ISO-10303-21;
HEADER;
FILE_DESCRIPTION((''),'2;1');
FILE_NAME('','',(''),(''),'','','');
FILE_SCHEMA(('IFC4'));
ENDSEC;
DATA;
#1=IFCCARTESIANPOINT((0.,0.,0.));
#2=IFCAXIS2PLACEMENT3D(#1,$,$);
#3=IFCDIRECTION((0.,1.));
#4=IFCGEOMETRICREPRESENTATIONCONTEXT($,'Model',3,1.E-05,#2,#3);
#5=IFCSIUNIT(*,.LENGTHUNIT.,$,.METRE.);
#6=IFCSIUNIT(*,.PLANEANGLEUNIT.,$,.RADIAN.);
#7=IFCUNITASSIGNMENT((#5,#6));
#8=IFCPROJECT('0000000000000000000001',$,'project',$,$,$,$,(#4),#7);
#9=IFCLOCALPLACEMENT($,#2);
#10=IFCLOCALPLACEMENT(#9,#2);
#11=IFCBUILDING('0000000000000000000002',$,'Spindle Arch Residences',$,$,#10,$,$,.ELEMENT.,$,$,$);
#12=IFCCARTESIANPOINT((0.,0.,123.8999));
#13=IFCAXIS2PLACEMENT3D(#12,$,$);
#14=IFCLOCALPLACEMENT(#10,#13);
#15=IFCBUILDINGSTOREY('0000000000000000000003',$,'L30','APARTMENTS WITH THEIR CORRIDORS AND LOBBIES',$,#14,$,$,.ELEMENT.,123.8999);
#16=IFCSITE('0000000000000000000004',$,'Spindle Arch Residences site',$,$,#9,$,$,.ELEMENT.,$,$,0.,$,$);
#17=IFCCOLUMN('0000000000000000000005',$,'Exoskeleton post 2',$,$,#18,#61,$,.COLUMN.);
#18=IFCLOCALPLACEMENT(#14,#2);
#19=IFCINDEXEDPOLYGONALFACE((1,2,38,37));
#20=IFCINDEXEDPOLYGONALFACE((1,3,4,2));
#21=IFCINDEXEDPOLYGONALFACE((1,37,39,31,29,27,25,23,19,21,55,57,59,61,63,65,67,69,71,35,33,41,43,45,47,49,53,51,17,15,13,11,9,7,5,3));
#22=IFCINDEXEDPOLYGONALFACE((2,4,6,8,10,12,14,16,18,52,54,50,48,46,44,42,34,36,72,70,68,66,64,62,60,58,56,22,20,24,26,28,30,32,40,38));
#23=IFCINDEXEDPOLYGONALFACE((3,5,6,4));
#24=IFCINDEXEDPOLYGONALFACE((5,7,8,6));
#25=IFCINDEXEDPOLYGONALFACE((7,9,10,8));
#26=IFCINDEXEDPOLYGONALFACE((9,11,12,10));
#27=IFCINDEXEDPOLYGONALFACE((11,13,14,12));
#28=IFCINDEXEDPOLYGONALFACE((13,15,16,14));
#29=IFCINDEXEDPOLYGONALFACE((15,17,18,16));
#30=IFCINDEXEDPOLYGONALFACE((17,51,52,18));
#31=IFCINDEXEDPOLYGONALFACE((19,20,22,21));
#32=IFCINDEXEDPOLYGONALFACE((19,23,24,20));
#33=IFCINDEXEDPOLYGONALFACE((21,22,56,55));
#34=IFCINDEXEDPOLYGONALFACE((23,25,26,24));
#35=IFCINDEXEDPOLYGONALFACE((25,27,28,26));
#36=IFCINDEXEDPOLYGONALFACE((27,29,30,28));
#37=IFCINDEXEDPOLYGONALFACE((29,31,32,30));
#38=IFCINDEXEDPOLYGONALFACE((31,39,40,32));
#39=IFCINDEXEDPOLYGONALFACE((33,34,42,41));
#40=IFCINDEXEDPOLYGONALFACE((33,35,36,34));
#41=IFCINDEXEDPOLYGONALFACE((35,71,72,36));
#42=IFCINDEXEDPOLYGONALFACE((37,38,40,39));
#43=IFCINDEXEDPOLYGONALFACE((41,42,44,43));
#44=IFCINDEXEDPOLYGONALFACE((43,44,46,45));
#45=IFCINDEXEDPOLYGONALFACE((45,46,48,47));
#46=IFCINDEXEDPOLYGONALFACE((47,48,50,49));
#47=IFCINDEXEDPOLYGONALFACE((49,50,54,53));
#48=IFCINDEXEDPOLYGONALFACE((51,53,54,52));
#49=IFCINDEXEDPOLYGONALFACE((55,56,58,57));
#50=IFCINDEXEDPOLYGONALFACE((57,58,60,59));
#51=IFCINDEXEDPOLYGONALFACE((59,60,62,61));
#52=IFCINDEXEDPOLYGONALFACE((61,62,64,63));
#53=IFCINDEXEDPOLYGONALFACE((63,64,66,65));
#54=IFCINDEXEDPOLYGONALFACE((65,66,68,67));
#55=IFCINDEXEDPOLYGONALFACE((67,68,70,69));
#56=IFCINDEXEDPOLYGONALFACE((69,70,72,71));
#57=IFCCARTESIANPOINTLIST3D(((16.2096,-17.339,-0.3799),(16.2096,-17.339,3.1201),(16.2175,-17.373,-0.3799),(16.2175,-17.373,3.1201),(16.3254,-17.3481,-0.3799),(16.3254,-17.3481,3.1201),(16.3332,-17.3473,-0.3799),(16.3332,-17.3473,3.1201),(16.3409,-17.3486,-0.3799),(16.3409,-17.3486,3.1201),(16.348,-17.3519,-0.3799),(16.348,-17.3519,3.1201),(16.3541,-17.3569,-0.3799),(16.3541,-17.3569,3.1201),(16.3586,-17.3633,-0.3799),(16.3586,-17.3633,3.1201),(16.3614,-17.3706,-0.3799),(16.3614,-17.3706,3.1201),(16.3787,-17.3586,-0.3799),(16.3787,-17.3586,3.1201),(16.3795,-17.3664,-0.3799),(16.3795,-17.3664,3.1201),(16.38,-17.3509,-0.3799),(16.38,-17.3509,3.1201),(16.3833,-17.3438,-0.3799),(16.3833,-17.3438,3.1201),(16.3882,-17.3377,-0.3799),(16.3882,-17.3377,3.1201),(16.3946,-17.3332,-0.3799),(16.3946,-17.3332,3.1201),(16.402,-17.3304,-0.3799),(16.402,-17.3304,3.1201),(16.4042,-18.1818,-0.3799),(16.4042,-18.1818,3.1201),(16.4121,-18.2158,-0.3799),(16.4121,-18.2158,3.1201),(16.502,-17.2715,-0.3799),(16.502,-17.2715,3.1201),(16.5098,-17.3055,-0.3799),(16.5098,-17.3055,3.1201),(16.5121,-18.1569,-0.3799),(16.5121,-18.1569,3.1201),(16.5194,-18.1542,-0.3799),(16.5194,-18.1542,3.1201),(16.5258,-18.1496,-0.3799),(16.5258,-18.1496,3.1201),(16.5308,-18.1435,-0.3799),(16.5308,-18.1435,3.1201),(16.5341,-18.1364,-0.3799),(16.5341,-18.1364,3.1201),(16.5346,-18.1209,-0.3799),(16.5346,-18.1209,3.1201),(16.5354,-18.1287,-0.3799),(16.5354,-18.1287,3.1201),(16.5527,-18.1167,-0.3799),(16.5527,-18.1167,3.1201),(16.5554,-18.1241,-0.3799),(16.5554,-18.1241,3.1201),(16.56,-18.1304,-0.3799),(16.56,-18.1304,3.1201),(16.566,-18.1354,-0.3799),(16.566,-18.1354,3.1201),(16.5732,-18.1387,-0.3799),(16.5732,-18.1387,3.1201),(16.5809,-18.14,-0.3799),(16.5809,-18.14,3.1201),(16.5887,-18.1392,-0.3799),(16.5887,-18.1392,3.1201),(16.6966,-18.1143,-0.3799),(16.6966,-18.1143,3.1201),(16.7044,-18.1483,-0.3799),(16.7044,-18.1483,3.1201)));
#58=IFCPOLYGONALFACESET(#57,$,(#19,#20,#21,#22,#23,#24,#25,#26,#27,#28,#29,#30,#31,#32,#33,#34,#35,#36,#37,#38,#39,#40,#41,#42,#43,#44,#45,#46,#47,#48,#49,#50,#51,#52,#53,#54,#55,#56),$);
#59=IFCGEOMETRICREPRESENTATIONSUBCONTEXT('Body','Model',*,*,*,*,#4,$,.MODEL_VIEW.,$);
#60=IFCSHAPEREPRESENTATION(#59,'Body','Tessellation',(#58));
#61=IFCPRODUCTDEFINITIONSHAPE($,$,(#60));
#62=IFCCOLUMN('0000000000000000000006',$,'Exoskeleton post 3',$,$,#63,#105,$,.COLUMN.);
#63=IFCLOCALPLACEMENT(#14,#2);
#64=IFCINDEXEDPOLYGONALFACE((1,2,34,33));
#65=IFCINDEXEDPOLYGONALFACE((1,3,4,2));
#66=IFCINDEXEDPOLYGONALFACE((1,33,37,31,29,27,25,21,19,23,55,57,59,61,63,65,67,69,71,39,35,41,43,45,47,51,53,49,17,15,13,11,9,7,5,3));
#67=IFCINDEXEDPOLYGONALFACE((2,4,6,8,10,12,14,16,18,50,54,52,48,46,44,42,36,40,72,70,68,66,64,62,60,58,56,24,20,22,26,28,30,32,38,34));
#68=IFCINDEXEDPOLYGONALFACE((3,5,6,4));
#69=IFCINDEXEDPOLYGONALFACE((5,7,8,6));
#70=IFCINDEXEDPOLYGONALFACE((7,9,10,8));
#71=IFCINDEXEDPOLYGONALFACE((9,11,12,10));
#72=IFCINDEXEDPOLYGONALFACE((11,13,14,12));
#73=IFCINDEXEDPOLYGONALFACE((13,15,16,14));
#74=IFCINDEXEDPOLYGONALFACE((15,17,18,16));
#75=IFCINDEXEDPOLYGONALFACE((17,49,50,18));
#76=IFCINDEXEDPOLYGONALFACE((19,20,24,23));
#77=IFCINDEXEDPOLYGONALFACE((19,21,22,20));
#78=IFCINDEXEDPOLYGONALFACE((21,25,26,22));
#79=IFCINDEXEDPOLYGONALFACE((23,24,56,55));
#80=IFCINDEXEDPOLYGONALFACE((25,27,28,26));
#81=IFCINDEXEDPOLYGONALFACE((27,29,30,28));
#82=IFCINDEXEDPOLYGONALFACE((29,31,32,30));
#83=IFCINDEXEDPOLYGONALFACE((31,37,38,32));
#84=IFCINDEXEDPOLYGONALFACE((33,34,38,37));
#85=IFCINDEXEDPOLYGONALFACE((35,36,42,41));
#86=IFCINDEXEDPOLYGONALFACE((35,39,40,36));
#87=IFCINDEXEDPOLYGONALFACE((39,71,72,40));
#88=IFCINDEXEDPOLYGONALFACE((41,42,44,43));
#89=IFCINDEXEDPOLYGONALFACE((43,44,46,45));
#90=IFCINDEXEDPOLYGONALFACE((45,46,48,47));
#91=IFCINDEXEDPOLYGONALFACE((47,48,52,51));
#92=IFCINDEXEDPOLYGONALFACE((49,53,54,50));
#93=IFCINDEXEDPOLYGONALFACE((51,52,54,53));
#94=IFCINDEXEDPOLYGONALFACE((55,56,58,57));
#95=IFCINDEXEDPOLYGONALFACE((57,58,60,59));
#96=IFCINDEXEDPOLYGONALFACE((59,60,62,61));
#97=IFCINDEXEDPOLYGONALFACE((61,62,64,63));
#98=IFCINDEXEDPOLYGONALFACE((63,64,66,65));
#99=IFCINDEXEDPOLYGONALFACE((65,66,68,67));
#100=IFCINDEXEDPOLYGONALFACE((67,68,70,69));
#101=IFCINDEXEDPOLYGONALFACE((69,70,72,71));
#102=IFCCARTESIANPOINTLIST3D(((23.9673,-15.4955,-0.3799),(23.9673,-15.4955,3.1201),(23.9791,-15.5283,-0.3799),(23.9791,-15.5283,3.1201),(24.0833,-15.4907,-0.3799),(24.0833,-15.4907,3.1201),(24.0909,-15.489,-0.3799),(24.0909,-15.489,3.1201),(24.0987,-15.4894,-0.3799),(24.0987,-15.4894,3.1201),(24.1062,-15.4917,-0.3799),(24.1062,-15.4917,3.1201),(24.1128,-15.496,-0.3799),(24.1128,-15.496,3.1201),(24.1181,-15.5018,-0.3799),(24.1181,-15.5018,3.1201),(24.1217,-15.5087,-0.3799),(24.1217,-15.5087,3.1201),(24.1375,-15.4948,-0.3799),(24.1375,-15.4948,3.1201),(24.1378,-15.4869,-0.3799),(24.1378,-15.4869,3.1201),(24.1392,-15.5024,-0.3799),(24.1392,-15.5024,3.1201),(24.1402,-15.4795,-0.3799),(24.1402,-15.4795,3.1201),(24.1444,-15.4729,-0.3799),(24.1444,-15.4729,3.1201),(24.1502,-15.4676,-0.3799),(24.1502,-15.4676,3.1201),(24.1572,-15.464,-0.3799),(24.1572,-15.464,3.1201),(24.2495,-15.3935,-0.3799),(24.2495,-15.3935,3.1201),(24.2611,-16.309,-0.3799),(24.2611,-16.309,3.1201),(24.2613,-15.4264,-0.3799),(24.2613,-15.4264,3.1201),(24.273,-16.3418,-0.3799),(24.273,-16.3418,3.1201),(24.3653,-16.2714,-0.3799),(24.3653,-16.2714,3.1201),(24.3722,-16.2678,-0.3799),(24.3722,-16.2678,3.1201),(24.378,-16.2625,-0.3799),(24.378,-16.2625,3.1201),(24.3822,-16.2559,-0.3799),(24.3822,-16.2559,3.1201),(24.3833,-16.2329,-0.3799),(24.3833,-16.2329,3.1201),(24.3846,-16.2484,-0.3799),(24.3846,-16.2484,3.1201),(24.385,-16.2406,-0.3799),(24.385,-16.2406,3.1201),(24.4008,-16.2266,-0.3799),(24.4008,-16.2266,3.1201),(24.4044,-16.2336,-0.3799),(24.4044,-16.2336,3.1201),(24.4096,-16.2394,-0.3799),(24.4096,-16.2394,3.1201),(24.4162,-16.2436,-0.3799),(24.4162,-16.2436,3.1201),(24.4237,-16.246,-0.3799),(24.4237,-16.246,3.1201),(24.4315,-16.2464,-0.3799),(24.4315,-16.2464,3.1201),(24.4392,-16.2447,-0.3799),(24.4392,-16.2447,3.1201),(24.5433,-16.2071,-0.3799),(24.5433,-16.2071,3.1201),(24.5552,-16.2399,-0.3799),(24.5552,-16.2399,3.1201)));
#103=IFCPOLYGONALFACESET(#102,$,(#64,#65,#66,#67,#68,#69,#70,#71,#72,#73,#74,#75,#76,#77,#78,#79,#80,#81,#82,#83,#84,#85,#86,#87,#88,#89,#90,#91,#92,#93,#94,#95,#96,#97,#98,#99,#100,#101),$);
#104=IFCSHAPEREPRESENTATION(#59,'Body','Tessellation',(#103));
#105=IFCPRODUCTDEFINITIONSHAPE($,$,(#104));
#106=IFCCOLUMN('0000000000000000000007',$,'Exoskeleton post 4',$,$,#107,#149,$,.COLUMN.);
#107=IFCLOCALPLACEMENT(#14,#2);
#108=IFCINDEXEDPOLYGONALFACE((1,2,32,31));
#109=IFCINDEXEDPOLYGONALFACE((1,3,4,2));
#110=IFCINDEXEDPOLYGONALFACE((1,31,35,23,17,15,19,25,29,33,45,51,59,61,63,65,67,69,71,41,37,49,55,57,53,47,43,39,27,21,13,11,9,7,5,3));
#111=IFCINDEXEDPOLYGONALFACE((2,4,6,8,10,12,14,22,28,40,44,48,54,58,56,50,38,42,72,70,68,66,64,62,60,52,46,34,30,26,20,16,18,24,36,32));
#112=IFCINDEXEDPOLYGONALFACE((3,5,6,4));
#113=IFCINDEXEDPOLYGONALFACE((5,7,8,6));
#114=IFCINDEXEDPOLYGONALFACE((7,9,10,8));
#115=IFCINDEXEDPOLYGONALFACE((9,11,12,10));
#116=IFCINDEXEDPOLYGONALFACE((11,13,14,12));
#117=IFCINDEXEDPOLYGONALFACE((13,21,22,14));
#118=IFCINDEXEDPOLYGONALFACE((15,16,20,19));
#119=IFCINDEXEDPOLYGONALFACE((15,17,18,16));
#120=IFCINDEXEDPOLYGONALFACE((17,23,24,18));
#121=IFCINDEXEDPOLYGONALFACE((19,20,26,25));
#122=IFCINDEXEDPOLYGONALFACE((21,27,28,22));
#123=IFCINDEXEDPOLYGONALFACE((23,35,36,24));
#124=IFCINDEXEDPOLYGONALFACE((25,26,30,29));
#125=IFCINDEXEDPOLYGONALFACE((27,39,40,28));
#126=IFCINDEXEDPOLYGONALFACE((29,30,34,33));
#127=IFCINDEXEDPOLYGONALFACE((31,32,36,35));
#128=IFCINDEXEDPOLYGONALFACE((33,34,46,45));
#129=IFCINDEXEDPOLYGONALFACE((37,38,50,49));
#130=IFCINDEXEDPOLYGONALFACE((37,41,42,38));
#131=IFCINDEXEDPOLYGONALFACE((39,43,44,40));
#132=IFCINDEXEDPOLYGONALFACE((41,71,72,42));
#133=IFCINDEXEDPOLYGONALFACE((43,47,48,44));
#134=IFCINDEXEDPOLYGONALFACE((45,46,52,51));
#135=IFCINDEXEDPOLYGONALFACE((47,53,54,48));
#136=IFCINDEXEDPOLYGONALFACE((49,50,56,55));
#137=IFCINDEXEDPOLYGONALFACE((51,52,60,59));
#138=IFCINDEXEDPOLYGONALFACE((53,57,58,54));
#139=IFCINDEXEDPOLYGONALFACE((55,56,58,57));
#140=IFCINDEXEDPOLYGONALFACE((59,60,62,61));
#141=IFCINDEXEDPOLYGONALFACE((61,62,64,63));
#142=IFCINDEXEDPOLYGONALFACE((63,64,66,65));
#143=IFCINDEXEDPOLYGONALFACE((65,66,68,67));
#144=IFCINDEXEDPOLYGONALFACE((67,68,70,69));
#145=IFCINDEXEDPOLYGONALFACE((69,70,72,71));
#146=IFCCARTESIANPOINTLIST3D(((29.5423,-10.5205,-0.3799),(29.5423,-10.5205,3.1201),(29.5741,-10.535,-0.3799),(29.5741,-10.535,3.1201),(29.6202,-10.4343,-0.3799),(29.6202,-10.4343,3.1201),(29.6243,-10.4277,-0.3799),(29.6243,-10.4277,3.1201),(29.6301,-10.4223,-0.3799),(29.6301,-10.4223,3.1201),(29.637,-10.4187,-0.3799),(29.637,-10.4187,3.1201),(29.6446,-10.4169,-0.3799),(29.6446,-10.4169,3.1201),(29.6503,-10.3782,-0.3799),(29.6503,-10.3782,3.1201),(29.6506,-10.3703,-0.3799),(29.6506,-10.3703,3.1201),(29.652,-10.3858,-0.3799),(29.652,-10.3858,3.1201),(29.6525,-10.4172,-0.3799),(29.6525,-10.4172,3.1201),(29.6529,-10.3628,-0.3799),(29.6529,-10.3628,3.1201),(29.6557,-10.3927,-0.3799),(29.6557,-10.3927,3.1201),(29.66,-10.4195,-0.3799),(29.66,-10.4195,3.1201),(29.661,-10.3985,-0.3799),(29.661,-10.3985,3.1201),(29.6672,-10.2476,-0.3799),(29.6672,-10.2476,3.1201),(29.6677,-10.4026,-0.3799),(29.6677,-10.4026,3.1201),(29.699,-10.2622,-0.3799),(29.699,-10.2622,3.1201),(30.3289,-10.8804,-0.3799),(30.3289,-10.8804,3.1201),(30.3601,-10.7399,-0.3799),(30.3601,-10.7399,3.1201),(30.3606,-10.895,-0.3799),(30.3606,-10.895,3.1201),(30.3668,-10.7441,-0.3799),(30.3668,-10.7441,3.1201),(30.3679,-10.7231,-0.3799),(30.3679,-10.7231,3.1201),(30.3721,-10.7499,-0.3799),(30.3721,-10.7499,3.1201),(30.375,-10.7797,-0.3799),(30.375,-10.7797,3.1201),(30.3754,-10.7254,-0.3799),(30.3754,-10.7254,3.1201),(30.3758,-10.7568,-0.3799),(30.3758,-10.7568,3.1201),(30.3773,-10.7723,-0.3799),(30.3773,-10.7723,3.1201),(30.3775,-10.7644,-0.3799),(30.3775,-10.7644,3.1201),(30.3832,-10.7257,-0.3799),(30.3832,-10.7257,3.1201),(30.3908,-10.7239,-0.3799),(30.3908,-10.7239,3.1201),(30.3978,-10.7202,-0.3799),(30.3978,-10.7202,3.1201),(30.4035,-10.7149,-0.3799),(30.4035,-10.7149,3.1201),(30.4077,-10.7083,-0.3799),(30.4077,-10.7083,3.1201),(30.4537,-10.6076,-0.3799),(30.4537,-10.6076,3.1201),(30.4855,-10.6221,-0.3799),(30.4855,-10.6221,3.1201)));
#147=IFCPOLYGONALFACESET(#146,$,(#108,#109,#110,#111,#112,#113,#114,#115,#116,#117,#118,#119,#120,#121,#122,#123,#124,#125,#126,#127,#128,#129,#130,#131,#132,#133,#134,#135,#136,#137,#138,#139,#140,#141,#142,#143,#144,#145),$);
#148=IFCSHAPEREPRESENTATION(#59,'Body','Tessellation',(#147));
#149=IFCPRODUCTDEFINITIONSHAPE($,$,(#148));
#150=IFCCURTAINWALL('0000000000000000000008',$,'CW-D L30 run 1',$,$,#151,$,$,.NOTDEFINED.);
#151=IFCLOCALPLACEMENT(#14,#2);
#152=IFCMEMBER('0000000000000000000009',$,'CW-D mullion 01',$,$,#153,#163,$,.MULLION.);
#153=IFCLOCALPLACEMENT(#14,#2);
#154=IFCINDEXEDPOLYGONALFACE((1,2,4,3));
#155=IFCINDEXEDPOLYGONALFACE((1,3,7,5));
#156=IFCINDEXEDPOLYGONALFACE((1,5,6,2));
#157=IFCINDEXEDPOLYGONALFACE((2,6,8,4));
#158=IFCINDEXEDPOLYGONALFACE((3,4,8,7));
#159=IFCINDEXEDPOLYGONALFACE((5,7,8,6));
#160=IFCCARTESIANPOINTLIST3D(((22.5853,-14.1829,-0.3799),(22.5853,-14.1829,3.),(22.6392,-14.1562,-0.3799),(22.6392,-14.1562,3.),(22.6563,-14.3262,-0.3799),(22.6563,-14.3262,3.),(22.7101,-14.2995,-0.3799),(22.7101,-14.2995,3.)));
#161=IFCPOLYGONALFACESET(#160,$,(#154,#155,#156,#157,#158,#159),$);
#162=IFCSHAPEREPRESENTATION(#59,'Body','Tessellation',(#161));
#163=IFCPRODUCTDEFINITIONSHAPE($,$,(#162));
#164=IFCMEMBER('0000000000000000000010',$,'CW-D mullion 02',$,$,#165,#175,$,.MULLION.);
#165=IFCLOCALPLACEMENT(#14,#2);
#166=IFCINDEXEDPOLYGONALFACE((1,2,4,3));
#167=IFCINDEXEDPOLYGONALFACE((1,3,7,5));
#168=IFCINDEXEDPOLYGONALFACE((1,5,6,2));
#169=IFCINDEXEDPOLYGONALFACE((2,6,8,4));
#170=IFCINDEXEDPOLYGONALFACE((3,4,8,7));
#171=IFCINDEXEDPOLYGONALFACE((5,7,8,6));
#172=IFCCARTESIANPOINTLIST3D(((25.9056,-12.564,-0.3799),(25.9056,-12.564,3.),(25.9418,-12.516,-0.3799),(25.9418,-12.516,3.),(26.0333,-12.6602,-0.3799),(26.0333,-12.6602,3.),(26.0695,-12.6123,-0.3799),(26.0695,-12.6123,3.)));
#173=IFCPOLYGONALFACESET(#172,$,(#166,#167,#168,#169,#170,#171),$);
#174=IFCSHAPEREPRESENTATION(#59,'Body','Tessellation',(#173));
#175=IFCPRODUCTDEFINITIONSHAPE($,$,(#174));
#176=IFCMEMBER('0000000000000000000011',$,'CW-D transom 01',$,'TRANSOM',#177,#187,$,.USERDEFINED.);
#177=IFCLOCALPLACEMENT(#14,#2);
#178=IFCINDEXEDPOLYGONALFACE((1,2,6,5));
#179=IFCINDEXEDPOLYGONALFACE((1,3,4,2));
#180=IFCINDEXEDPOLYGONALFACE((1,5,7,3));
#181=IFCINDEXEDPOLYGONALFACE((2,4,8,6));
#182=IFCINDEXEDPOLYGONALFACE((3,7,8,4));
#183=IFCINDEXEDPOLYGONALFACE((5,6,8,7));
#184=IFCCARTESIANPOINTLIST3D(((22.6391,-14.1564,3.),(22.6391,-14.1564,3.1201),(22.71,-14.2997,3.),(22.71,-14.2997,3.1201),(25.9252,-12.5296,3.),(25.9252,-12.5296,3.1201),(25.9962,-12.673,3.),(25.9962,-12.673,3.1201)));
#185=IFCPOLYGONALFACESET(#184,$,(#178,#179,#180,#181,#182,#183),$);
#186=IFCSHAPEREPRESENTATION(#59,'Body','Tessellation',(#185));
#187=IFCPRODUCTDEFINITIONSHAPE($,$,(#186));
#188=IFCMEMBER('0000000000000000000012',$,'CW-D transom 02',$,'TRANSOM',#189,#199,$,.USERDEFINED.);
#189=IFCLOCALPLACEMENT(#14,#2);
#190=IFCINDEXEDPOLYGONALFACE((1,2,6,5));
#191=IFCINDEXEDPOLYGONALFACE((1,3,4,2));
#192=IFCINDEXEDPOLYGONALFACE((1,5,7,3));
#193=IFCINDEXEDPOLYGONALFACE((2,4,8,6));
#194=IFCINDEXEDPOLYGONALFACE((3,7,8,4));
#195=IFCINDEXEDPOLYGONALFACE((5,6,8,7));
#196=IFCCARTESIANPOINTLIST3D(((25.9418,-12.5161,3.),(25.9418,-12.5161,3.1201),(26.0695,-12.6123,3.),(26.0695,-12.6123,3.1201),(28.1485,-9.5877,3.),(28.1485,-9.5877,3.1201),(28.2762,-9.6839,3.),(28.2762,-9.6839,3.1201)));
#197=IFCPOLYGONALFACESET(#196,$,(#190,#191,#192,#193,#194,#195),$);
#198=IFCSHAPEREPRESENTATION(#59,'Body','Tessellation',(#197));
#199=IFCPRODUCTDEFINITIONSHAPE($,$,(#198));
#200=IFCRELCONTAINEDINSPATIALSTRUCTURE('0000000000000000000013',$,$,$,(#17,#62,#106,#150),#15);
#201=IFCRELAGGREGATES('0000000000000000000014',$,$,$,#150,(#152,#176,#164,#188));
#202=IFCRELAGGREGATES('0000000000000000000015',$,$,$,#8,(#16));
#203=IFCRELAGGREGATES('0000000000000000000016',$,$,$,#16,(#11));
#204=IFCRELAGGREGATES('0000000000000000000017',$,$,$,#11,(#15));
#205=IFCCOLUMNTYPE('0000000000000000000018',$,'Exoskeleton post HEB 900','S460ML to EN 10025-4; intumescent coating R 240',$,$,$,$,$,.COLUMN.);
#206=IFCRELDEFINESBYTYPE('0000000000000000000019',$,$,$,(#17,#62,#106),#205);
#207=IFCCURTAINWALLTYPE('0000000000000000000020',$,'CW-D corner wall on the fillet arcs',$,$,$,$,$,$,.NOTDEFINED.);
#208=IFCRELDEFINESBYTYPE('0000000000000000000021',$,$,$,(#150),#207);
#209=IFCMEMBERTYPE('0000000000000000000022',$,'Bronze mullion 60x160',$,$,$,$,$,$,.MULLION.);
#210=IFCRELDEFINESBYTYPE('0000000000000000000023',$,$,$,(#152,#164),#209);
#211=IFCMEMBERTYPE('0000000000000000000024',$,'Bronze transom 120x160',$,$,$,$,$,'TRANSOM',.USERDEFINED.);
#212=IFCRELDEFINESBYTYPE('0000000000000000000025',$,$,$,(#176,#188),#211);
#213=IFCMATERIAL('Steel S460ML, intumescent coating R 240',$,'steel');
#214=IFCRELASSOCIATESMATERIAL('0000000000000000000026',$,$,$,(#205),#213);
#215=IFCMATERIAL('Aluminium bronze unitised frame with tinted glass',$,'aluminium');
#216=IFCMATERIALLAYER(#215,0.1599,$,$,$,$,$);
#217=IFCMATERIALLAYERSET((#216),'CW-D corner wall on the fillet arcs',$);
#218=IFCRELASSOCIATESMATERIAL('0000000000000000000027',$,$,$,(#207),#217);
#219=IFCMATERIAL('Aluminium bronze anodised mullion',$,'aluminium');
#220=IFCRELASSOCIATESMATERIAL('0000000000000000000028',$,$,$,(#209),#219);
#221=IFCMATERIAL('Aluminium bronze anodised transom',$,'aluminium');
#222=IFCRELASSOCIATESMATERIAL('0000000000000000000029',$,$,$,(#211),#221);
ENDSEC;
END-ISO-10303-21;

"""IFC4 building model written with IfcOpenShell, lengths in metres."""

from ifc_helpers import new_model, si_unit, direction, frame, origin, origin_2d, place, context, subcontext, project, spatial, rectangle, i_section, extrude, material, layer, layer_set, material_profile, profile_set, type_object, element, aggregate, save


model = new_model("IFC4")

# Units and contexts
model_context = context("Model", 3, precision=1e-05, world=origin(), true_north=direction((0.0, 1.0)))
body_context = subcontext(model_context, "Body", "Model", "MODEL_VIEW")
ifc_project = project(units=[si_unit("LENGTHUNIT", "METRE"), si_unit("PLANEANGLEUNIT", "RADIAN")], contexts=[model_context])

# Site, building, storey
site_placement = place(None, origin())
site = spatial("IfcSite", under=ifc_project, at=site_placement, Name="Spindle Arch Residences site", CompositionType="ELEMENT", RefElevation=0.0)
building_placement = place(site_placement, origin())
building = spatial("IfcBuilding", under=site, at=building_placement, Name="Spindle Arch Residences", CompositionType="ELEMENT")
storey_placement = place(building_placement, frame((0.0, 0.0, 123.8999)))
storey = spatial("IfcBuildingStorey", under=building, at=storey_placement, Name="L30", Description="APARTMENTS WITH THEIR CORRIDORS AND LOBBIES", CompositionType="ELEMENT", Elevation=123.8999)

# Columns
ifc_material_1 = material(Name="Steel S460ML, intumescent coating R 240", Category="steel")
ifc_material_profile_1 = material_profile(ifc_material_1, i_section(OverallWidth=0.3, OverallDepth=0.8999, WebThickness=0.0186, FlangeThickness=0.0349, FilletRadius=0.03, at=origin_2d()), Name="HEB 900")
ifc_profile_set_1 = profile_set([ifc_material_profile_1], Name="Steel S460ML, intumescent coating R 240")
column_type = type_object("IfcColumnType", Name="Exoskeleton post HEB 900", Description="S460ML to EN 10025-4; intumescent coating R 240", PredefinedType="COLUMN", material=ifc_profile_set_1)
for number, where, z_axis, x_axis, name in (
    (1, (16.457, -17.7437, -0.3799), (0.0, 0.0, 1.0), (-0.97437, -0.224951, 0.0), "Exoskeleton post 2"),
    (2, (24.2612, -15.8677, -0.3799), (0.0, 0.0, 1.0), (-0.940523, -0.339729, 0.0), "Exoskeleton post 3"),
    (3, (30.0139, -10.5713, -0.3799), (0.0, 0.0, 1.0), (-0.416144, -0.909299, 0.0), "Exoskeleton post 4"),
):
    element("IfcColumn", number, at=place(storey_placement, frame(where, z_axis=z_axis, x_axis=x_axis)), inside=storey, type_object=column_type, Name=name, PredefinedType="COLUMN", context=body_context, shape_type="SweptSolid", body=[
        extrude(i_section(OverallWidth=0.3, OverallDepth=0.8999, WebThickness=0.0186, FlangeThickness=0.0349, FilletRadius=0.03, at=origin_2d()), origin(), (0.0, 0.0, 1.0), 3.5),
    ])

# Curtain wall, members
ifc_material_2 = material(Name="Aluminium bronze unitised frame with tinted glass", Category="aluminium")
ifc_layer_1 = layer(ifc_material_2, 0.1599)
ifc_layer_set_1 = layer_set([ifc_layer_1], Name="CW-D corner wall on the fillet arcs")
curtain_wall_type = type_object("IfcCurtainWallType", Name="CW-D corner wall on the fillet arcs", PredefinedType="NOTDEFINED", material=ifc_layer_set_1)
curtain_wall_placement = place(storey_placement, origin())
curtain_wall = element("IfcCurtainWall", 4, at=curtain_wall_placement, inside=storey, type_object=curtain_wall_type, Name="CW-D L30 run 1", PredefinedType="NOTDEFINED")
ifc_material_3 = material(Name="Aluminium bronze anodised mullion", Category="aluminium")
ifc_material_profile_2 = material_profile(ifc_material_3, rectangle(XDim=0.1599, YDim=0.0601, at=origin_2d()), Name="MU 60x160")
ifc_profile_set_2 = profile_set([ifc_material_profile_2], Name="Aluminium bronze anodised mullion")
member_type_1 = type_object("IfcMemberType", Name="Bronze mullion 60x160", PredefinedType="MULLION", material=ifc_profile_set_2)
member_1_placement = place(storey_placement, frame((22.6477, -14.2412, -0.3799), z_axis=(0.0, 0.0, 1.0), x_axis=(-0.443593, 0.896229, 0.0)))
member_1 = element("IfcMember", 5, at=member_1_placement, type_object=member_type_1, Name="CW-D mullion 01", PredefinedType="MULLION", context=body_context, shape_type="SweptSolid", body=[
    extrude(rectangle(XDim=0.1599, YDim=0.0601, at=origin_2d()), origin(), (0.0, 0.0, 1.0), 3.3799),
])
member_2_placement = place(storey_placement, frame((25.9875, -12.5881, -0.3799), z_axis=(0.0, 0.0, 1.0), x_axis=(-0.798636, 0.601815, 0.0)))
member_2 = element("IfcMember", 6, at=member_2_placement, type_object=member_type_1, Name="CW-D mullion 02", PredefinedType="MULLION", context=body_context, shape_type="SweptSolid", body=[
    extrude(rectangle(XDim=0.1599, YDim=0.0601, at=origin_2d()), origin(), (0.0, 0.0, 1.0), 3.3799),
])
ifc_material_4 = material(Name="Aluminium bronze anodised transom", Category="aluminium")
ifc_material_profile_3 = material_profile(ifc_material_4, rectangle(XDim=0.1599, YDim=0.1201, at=origin_2d()), Name="TR 120x160")
ifc_profile_set_3 = profile_set([ifc_material_profile_3], Name="Aluminium bronze anodised transom")
member_type_2 = type_object("IfcMemberType", Name="Bronze transom 120x160", ElementType="TRANSOM", PredefinedType="USERDEFINED", material=ifc_profile_set_3)
member_3_placement = place(storey_placement, frame((22.6746, -14.228, 3.0601), z_axis=(0.896204, 0.443641, 0.0), x_axis=(-0.443641, 0.896204, 0.0)))
member_3 = element("IfcMember", 7, at=member_3_placement, type_object=member_type_2, Name="CW-D transom 01", ObjectType="TRANSOM", PredefinedType="USERDEFINED", context=body_context, shape_type="SweptSolid", body=[
    extrude(rectangle(XDim=0.1599, YDim=0.1201, at=origin_2d()), origin(), (0.0, 0.0, 1.0), 3.6667),
])
member_4_placement = place(storey_placement, frame((26.0056, -12.5642, 3.0601), z_axis=(0.60182, 0.798632, 0.0), x_axis=(-0.798632, 0.60182, 0.0)))
member_4 = element("IfcMember", 8, at=member_4_placement, type_object=member_type_2, Name="CW-D transom 02", ObjectType="TRANSOM", PredefinedType="USERDEFINED", context=body_context, shape_type="SweptSolid", body=[
    extrude(rectangle(XDim=0.1599, YDim=0.1201, at=origin_2d()), origin(), (0.0, 0.0, 1.0), 3.6667),
])

aggregate(curtain_wall, [member_1, member_3, member_2, member_4])

save(model, "model.ifc")
